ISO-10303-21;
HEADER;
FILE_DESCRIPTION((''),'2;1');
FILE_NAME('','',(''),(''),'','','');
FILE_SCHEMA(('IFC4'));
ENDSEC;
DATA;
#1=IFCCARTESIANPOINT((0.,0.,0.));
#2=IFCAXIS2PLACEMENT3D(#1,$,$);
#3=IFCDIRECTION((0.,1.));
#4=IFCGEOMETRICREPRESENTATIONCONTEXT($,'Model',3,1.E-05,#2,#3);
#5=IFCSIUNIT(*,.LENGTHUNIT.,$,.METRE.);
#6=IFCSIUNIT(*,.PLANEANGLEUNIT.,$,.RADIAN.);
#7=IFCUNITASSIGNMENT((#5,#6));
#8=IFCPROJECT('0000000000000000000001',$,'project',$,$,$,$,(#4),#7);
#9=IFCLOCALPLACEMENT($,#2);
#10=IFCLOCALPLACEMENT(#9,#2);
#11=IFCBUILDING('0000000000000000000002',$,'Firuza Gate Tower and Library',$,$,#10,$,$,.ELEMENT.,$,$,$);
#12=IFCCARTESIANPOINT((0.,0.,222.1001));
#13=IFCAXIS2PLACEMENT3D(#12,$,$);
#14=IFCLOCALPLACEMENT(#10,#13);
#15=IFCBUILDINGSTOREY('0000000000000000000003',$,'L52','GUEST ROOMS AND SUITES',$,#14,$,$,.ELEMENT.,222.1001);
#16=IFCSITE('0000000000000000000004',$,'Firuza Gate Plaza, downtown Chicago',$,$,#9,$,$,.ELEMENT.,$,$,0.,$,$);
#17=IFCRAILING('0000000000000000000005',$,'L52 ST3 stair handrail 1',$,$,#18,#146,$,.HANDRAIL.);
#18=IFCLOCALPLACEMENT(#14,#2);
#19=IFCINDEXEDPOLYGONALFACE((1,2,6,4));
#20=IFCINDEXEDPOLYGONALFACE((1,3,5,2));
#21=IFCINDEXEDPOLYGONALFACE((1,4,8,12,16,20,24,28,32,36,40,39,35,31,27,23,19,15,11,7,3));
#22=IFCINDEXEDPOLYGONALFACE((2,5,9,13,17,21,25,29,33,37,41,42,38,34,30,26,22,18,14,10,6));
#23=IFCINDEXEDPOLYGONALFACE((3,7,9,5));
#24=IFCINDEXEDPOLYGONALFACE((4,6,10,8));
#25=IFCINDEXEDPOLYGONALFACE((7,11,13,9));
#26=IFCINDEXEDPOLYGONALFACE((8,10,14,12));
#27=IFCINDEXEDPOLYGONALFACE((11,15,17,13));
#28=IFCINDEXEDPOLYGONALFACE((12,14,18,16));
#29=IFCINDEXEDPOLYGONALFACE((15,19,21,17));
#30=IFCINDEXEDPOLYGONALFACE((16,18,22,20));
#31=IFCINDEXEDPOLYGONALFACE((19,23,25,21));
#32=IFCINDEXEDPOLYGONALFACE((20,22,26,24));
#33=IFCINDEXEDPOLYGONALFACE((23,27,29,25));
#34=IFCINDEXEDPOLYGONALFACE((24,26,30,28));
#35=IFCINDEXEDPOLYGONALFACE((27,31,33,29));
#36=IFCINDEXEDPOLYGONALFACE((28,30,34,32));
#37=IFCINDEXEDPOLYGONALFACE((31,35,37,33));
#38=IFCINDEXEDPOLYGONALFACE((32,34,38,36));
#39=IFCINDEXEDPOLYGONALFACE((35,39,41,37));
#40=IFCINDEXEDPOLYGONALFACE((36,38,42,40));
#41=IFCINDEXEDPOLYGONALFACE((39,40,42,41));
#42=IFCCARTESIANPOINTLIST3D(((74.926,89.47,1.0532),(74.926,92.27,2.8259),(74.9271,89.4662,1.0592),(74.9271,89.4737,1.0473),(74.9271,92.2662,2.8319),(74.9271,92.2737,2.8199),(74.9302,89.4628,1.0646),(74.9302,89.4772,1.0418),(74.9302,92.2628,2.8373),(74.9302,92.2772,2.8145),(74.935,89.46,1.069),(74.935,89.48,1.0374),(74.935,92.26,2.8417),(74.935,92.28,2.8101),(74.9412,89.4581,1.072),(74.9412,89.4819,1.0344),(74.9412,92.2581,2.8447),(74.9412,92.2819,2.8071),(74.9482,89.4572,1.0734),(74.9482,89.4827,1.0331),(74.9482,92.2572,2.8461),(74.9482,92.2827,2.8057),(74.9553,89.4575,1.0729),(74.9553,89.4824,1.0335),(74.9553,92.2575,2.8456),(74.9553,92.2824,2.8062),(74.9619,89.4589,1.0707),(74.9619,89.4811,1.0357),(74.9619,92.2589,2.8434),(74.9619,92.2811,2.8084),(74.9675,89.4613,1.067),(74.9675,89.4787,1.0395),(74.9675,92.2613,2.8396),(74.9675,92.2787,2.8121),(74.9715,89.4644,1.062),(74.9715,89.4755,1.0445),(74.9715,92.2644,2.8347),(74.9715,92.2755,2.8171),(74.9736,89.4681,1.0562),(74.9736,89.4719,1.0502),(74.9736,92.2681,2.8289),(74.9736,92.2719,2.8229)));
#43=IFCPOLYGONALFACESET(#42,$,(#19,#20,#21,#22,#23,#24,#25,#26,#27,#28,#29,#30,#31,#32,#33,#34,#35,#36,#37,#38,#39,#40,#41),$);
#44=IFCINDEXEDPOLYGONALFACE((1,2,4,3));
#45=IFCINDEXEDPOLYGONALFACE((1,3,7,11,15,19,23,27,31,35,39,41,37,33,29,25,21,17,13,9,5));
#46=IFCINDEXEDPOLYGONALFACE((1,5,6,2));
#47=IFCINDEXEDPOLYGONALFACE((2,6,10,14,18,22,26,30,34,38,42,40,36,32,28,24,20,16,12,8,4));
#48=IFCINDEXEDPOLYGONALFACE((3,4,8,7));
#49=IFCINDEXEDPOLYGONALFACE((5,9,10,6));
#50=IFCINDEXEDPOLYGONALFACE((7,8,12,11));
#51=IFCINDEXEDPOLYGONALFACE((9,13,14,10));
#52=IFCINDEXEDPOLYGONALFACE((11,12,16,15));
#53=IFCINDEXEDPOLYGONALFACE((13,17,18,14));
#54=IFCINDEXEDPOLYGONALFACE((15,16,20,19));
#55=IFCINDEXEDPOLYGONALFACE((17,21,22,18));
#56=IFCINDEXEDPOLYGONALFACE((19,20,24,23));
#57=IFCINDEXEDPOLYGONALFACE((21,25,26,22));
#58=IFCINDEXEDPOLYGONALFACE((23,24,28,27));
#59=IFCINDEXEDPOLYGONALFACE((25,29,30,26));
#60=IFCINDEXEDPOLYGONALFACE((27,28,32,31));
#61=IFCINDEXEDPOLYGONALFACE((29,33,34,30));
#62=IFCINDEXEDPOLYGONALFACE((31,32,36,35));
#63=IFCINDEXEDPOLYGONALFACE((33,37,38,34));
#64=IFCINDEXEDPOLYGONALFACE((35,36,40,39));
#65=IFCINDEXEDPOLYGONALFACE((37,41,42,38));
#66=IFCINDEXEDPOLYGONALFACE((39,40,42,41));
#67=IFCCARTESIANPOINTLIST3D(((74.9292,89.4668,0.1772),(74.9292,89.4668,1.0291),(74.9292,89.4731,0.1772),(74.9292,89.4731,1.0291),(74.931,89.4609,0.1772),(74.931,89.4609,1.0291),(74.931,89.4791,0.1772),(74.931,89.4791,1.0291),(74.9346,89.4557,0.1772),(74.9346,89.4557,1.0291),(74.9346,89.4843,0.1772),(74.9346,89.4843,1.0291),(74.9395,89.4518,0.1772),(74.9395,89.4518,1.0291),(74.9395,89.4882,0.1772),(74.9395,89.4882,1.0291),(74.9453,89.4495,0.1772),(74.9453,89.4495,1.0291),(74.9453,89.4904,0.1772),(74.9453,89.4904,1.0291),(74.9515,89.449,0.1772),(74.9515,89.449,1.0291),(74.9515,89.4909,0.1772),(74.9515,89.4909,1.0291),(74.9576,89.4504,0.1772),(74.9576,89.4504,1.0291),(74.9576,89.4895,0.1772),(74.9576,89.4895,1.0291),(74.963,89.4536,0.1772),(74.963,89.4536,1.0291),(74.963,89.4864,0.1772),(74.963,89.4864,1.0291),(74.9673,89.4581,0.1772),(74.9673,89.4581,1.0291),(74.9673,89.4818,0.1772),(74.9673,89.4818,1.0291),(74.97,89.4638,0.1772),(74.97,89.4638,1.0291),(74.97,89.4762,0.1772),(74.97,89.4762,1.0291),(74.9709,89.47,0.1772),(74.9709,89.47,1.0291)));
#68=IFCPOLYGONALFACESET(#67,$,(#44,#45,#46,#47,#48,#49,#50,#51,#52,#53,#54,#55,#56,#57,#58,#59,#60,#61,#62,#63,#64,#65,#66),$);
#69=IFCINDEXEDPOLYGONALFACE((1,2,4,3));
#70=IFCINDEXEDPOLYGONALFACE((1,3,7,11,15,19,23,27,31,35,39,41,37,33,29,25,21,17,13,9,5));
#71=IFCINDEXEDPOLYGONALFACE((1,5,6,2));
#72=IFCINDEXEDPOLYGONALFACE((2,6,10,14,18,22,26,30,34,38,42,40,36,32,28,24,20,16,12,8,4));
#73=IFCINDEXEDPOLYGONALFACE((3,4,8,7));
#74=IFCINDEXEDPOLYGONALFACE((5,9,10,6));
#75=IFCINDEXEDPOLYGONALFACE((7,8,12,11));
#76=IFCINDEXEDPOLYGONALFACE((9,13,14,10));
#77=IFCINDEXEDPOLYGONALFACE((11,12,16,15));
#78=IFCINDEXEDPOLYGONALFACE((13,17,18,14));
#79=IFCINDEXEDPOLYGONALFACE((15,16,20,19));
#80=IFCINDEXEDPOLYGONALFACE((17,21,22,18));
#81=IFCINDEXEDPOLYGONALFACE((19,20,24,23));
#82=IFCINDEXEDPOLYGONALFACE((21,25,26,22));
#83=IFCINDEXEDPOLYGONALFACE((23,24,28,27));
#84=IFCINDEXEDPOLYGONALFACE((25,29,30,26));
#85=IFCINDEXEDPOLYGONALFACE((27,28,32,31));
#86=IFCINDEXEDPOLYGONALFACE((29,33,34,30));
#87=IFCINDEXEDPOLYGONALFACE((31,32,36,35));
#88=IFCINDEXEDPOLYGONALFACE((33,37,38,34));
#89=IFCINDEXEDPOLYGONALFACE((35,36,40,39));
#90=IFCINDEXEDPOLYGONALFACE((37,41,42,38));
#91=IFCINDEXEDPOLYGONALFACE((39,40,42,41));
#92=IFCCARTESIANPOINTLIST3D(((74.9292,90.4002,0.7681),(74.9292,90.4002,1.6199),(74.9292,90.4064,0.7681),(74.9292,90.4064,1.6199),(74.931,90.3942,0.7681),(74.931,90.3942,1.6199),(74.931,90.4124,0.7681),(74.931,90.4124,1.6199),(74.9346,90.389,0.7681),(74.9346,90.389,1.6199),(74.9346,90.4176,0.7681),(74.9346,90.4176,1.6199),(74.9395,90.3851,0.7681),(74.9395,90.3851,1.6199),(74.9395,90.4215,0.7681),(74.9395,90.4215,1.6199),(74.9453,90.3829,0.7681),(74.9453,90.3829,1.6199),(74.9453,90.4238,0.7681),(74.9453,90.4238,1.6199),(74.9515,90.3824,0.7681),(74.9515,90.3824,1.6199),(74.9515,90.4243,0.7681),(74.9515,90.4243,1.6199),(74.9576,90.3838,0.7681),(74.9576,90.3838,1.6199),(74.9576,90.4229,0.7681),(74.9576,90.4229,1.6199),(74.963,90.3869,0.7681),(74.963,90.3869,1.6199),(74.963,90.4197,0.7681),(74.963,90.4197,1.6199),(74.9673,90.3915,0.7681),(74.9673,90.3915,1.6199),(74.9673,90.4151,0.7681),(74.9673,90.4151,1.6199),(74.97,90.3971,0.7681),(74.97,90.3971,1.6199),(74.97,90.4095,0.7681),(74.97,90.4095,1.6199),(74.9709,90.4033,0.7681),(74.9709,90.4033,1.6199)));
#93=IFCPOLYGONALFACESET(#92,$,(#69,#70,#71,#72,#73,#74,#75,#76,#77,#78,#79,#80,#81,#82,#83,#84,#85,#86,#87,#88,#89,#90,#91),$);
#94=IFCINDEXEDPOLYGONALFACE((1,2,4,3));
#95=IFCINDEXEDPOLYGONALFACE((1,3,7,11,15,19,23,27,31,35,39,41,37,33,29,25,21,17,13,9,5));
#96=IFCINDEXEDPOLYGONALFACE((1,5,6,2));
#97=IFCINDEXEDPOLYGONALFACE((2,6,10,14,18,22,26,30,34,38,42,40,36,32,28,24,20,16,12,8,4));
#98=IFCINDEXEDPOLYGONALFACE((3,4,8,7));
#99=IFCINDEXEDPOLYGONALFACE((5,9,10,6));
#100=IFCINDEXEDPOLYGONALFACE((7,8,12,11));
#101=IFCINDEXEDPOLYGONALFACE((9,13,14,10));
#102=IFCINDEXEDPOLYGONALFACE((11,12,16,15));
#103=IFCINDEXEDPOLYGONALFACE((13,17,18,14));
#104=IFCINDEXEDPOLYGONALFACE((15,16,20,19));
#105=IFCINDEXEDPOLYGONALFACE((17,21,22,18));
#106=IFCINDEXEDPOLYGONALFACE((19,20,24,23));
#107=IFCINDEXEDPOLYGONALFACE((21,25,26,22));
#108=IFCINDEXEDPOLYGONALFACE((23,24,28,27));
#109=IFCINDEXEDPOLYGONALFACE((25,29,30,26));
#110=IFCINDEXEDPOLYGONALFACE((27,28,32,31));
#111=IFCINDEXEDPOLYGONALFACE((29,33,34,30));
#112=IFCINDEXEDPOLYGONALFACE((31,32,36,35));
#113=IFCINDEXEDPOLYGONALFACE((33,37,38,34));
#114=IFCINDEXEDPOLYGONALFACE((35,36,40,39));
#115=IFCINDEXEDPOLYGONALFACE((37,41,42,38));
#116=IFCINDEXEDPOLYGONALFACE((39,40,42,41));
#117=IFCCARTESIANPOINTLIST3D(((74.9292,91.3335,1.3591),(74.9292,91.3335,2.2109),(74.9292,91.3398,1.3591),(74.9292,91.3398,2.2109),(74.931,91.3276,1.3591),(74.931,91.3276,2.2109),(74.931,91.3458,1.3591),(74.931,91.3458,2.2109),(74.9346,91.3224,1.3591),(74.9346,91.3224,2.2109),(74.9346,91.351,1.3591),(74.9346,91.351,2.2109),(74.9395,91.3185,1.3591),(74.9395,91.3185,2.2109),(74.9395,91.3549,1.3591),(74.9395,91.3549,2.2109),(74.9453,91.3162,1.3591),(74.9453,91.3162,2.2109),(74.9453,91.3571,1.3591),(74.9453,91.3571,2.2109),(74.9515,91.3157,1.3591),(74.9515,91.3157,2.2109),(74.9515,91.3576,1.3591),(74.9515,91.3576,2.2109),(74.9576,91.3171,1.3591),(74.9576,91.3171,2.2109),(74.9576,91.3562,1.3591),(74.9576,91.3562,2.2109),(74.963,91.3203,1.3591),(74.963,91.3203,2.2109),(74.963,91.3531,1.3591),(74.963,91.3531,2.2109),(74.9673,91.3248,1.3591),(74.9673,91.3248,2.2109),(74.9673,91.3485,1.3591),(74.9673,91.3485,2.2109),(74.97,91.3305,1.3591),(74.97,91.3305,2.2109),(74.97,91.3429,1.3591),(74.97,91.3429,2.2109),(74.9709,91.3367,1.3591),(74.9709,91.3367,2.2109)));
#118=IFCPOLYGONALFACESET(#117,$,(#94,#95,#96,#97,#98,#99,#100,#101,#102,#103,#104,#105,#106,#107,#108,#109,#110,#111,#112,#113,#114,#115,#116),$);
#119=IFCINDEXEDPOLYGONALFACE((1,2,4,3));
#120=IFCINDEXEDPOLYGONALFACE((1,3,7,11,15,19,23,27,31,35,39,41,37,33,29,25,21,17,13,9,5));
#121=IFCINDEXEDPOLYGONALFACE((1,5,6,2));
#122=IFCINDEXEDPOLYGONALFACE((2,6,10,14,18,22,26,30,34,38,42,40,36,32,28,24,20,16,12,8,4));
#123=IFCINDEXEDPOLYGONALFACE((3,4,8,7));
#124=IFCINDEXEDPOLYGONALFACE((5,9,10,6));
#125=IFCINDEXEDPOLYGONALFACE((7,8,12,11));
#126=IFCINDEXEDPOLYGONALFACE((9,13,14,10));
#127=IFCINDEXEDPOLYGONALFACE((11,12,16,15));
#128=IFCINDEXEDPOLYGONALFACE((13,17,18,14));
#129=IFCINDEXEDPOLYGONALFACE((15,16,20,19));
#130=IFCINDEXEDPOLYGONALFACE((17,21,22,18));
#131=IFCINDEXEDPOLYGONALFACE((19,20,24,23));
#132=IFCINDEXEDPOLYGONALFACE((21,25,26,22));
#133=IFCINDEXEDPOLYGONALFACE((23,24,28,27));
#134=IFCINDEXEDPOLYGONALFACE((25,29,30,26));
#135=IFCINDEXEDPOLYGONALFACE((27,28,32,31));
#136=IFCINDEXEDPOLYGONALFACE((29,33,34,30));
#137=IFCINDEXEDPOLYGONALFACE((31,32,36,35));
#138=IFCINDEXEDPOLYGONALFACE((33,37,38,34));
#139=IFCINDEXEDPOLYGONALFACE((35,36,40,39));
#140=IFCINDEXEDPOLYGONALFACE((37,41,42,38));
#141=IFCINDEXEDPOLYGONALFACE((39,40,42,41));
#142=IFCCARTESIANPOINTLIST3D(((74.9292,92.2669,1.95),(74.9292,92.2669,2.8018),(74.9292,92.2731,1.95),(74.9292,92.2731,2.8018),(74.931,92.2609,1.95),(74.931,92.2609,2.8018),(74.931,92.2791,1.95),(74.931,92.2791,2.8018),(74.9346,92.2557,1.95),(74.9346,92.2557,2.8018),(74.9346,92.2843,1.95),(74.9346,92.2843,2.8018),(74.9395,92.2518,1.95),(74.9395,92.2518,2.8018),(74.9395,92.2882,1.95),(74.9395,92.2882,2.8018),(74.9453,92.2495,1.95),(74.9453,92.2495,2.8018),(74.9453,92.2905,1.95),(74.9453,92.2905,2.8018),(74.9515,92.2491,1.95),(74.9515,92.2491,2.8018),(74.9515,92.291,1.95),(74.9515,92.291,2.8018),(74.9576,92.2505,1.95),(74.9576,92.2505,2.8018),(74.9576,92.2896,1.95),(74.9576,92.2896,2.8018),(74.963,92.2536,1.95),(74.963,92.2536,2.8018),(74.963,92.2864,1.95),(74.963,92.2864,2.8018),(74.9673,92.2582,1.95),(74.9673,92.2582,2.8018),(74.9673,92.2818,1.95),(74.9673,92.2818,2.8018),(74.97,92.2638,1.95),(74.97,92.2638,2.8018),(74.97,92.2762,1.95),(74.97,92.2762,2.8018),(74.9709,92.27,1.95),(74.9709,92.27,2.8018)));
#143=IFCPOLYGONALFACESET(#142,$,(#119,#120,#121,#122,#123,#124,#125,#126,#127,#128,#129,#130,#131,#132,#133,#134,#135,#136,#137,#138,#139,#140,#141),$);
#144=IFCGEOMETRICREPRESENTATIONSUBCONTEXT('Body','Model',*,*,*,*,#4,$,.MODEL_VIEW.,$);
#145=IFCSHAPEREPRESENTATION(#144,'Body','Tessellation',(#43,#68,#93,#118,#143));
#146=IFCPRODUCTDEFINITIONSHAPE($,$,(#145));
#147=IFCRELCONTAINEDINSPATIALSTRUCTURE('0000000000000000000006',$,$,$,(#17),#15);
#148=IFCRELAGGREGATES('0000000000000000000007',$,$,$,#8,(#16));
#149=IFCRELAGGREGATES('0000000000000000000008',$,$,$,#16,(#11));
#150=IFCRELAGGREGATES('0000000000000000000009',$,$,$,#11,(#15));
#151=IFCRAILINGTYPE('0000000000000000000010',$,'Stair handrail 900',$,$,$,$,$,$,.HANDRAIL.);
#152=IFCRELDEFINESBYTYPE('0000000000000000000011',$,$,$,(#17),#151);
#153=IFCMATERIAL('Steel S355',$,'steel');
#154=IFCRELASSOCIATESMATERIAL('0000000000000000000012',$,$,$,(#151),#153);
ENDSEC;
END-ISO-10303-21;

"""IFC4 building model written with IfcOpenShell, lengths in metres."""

from ifc_helpers import new_model, si_unit, direction, frame, origin, origin_2d, place, context, subcontext, project, spatial, circle, extrude, material, type_object, element, save


model = new_model("IFC4")

# Units and contexts
model_context = context("Model", 3, precision=1e-05, world=origin(), true_north=direction((0.0, 1.0)))
body_context = subcontext(model_context, "Body", "Model", "MODEL_VIEW")
ifc_project = project(units=[si_unit("LENGTHUNIT", "METRE"), si_unit("PLANEANGLEUNIT", "RADIAN")], contexts=[model_context])

# Site, building, storey
site_placement = place(None, origin())
site = spatial("IfcSite", under=ifc_project, at=site_placement, Name="Firuza Gate Plaza, downtown Chicago", CompositionType="ELEMENT", RefElevation=0.0)
building_placement = place(site_placement, origin())
building = spatial("IfcBuilding", under=site, at=building_placement, Name="Firuza Gate Tower and Library", CompositionType="ELEMENT")
storey_placement = place(building_placement, frame((0.0, 0.0, 222.1001)))
storey = spatial("IfcBuildingStorey", under=building, at=storey_placement, Name="L52", Description="GUEST ROOMS AND SUITES", CompositionType="ELEMENT", Elevation=222.1001)

# Railing
ifc_material_1 = material(Name="Steel S355", Category="steel")
railing_type_1 = type_object("IfcRailingType", Name="Stair handrail 900", PredefinedType="HANDRAIL", material=ifc_material_1)
railing_1_placement = place(storey_placement, frame((74.95, 89.47, 0.1772)))
element("IfcRailing", 1, at=railing_1_placement, inside=storey, type_object=railing_type_1, Name="L52 ST3 stair handrail 1", PredefinedType="HANDRAIL", context=body_context, shape_type="SweptSolid", body=[
    extrude(circle(Radius=0.0239, at=origin_2d()), frame((0.0, 0.0, 0.876), z_axis=(0.0, 0.844909, 0.53491), x_axis=(-1.0, 0.0, 0.0)), (0.0, 0.0, 1.0), 3.314),
    extrude(circle(Radius=0.021, at=origin_2d()), origin(), (0.0, 0.0, 1.0), 0.8518),
    extrude(circle(Radius=0.021, at=origin_2d()), frame((0.0, 0.9333, 0.5908)), (0.0, 0.0, 1.0), 0.8518),
    extrude(circle(Radius=0.021, at=origin_2d()), frame((0.0, 1.8667, 1.1819)), (0.0, 0.0, 1.0), 0.8518),
    extrude(circle(Radius=0.021, at=origin_2d()), frame((0.0, 2.8, 1.7727)), (0.0, 0.0, 1.0), 0.8518),
])

save(model, "model.ifc")
